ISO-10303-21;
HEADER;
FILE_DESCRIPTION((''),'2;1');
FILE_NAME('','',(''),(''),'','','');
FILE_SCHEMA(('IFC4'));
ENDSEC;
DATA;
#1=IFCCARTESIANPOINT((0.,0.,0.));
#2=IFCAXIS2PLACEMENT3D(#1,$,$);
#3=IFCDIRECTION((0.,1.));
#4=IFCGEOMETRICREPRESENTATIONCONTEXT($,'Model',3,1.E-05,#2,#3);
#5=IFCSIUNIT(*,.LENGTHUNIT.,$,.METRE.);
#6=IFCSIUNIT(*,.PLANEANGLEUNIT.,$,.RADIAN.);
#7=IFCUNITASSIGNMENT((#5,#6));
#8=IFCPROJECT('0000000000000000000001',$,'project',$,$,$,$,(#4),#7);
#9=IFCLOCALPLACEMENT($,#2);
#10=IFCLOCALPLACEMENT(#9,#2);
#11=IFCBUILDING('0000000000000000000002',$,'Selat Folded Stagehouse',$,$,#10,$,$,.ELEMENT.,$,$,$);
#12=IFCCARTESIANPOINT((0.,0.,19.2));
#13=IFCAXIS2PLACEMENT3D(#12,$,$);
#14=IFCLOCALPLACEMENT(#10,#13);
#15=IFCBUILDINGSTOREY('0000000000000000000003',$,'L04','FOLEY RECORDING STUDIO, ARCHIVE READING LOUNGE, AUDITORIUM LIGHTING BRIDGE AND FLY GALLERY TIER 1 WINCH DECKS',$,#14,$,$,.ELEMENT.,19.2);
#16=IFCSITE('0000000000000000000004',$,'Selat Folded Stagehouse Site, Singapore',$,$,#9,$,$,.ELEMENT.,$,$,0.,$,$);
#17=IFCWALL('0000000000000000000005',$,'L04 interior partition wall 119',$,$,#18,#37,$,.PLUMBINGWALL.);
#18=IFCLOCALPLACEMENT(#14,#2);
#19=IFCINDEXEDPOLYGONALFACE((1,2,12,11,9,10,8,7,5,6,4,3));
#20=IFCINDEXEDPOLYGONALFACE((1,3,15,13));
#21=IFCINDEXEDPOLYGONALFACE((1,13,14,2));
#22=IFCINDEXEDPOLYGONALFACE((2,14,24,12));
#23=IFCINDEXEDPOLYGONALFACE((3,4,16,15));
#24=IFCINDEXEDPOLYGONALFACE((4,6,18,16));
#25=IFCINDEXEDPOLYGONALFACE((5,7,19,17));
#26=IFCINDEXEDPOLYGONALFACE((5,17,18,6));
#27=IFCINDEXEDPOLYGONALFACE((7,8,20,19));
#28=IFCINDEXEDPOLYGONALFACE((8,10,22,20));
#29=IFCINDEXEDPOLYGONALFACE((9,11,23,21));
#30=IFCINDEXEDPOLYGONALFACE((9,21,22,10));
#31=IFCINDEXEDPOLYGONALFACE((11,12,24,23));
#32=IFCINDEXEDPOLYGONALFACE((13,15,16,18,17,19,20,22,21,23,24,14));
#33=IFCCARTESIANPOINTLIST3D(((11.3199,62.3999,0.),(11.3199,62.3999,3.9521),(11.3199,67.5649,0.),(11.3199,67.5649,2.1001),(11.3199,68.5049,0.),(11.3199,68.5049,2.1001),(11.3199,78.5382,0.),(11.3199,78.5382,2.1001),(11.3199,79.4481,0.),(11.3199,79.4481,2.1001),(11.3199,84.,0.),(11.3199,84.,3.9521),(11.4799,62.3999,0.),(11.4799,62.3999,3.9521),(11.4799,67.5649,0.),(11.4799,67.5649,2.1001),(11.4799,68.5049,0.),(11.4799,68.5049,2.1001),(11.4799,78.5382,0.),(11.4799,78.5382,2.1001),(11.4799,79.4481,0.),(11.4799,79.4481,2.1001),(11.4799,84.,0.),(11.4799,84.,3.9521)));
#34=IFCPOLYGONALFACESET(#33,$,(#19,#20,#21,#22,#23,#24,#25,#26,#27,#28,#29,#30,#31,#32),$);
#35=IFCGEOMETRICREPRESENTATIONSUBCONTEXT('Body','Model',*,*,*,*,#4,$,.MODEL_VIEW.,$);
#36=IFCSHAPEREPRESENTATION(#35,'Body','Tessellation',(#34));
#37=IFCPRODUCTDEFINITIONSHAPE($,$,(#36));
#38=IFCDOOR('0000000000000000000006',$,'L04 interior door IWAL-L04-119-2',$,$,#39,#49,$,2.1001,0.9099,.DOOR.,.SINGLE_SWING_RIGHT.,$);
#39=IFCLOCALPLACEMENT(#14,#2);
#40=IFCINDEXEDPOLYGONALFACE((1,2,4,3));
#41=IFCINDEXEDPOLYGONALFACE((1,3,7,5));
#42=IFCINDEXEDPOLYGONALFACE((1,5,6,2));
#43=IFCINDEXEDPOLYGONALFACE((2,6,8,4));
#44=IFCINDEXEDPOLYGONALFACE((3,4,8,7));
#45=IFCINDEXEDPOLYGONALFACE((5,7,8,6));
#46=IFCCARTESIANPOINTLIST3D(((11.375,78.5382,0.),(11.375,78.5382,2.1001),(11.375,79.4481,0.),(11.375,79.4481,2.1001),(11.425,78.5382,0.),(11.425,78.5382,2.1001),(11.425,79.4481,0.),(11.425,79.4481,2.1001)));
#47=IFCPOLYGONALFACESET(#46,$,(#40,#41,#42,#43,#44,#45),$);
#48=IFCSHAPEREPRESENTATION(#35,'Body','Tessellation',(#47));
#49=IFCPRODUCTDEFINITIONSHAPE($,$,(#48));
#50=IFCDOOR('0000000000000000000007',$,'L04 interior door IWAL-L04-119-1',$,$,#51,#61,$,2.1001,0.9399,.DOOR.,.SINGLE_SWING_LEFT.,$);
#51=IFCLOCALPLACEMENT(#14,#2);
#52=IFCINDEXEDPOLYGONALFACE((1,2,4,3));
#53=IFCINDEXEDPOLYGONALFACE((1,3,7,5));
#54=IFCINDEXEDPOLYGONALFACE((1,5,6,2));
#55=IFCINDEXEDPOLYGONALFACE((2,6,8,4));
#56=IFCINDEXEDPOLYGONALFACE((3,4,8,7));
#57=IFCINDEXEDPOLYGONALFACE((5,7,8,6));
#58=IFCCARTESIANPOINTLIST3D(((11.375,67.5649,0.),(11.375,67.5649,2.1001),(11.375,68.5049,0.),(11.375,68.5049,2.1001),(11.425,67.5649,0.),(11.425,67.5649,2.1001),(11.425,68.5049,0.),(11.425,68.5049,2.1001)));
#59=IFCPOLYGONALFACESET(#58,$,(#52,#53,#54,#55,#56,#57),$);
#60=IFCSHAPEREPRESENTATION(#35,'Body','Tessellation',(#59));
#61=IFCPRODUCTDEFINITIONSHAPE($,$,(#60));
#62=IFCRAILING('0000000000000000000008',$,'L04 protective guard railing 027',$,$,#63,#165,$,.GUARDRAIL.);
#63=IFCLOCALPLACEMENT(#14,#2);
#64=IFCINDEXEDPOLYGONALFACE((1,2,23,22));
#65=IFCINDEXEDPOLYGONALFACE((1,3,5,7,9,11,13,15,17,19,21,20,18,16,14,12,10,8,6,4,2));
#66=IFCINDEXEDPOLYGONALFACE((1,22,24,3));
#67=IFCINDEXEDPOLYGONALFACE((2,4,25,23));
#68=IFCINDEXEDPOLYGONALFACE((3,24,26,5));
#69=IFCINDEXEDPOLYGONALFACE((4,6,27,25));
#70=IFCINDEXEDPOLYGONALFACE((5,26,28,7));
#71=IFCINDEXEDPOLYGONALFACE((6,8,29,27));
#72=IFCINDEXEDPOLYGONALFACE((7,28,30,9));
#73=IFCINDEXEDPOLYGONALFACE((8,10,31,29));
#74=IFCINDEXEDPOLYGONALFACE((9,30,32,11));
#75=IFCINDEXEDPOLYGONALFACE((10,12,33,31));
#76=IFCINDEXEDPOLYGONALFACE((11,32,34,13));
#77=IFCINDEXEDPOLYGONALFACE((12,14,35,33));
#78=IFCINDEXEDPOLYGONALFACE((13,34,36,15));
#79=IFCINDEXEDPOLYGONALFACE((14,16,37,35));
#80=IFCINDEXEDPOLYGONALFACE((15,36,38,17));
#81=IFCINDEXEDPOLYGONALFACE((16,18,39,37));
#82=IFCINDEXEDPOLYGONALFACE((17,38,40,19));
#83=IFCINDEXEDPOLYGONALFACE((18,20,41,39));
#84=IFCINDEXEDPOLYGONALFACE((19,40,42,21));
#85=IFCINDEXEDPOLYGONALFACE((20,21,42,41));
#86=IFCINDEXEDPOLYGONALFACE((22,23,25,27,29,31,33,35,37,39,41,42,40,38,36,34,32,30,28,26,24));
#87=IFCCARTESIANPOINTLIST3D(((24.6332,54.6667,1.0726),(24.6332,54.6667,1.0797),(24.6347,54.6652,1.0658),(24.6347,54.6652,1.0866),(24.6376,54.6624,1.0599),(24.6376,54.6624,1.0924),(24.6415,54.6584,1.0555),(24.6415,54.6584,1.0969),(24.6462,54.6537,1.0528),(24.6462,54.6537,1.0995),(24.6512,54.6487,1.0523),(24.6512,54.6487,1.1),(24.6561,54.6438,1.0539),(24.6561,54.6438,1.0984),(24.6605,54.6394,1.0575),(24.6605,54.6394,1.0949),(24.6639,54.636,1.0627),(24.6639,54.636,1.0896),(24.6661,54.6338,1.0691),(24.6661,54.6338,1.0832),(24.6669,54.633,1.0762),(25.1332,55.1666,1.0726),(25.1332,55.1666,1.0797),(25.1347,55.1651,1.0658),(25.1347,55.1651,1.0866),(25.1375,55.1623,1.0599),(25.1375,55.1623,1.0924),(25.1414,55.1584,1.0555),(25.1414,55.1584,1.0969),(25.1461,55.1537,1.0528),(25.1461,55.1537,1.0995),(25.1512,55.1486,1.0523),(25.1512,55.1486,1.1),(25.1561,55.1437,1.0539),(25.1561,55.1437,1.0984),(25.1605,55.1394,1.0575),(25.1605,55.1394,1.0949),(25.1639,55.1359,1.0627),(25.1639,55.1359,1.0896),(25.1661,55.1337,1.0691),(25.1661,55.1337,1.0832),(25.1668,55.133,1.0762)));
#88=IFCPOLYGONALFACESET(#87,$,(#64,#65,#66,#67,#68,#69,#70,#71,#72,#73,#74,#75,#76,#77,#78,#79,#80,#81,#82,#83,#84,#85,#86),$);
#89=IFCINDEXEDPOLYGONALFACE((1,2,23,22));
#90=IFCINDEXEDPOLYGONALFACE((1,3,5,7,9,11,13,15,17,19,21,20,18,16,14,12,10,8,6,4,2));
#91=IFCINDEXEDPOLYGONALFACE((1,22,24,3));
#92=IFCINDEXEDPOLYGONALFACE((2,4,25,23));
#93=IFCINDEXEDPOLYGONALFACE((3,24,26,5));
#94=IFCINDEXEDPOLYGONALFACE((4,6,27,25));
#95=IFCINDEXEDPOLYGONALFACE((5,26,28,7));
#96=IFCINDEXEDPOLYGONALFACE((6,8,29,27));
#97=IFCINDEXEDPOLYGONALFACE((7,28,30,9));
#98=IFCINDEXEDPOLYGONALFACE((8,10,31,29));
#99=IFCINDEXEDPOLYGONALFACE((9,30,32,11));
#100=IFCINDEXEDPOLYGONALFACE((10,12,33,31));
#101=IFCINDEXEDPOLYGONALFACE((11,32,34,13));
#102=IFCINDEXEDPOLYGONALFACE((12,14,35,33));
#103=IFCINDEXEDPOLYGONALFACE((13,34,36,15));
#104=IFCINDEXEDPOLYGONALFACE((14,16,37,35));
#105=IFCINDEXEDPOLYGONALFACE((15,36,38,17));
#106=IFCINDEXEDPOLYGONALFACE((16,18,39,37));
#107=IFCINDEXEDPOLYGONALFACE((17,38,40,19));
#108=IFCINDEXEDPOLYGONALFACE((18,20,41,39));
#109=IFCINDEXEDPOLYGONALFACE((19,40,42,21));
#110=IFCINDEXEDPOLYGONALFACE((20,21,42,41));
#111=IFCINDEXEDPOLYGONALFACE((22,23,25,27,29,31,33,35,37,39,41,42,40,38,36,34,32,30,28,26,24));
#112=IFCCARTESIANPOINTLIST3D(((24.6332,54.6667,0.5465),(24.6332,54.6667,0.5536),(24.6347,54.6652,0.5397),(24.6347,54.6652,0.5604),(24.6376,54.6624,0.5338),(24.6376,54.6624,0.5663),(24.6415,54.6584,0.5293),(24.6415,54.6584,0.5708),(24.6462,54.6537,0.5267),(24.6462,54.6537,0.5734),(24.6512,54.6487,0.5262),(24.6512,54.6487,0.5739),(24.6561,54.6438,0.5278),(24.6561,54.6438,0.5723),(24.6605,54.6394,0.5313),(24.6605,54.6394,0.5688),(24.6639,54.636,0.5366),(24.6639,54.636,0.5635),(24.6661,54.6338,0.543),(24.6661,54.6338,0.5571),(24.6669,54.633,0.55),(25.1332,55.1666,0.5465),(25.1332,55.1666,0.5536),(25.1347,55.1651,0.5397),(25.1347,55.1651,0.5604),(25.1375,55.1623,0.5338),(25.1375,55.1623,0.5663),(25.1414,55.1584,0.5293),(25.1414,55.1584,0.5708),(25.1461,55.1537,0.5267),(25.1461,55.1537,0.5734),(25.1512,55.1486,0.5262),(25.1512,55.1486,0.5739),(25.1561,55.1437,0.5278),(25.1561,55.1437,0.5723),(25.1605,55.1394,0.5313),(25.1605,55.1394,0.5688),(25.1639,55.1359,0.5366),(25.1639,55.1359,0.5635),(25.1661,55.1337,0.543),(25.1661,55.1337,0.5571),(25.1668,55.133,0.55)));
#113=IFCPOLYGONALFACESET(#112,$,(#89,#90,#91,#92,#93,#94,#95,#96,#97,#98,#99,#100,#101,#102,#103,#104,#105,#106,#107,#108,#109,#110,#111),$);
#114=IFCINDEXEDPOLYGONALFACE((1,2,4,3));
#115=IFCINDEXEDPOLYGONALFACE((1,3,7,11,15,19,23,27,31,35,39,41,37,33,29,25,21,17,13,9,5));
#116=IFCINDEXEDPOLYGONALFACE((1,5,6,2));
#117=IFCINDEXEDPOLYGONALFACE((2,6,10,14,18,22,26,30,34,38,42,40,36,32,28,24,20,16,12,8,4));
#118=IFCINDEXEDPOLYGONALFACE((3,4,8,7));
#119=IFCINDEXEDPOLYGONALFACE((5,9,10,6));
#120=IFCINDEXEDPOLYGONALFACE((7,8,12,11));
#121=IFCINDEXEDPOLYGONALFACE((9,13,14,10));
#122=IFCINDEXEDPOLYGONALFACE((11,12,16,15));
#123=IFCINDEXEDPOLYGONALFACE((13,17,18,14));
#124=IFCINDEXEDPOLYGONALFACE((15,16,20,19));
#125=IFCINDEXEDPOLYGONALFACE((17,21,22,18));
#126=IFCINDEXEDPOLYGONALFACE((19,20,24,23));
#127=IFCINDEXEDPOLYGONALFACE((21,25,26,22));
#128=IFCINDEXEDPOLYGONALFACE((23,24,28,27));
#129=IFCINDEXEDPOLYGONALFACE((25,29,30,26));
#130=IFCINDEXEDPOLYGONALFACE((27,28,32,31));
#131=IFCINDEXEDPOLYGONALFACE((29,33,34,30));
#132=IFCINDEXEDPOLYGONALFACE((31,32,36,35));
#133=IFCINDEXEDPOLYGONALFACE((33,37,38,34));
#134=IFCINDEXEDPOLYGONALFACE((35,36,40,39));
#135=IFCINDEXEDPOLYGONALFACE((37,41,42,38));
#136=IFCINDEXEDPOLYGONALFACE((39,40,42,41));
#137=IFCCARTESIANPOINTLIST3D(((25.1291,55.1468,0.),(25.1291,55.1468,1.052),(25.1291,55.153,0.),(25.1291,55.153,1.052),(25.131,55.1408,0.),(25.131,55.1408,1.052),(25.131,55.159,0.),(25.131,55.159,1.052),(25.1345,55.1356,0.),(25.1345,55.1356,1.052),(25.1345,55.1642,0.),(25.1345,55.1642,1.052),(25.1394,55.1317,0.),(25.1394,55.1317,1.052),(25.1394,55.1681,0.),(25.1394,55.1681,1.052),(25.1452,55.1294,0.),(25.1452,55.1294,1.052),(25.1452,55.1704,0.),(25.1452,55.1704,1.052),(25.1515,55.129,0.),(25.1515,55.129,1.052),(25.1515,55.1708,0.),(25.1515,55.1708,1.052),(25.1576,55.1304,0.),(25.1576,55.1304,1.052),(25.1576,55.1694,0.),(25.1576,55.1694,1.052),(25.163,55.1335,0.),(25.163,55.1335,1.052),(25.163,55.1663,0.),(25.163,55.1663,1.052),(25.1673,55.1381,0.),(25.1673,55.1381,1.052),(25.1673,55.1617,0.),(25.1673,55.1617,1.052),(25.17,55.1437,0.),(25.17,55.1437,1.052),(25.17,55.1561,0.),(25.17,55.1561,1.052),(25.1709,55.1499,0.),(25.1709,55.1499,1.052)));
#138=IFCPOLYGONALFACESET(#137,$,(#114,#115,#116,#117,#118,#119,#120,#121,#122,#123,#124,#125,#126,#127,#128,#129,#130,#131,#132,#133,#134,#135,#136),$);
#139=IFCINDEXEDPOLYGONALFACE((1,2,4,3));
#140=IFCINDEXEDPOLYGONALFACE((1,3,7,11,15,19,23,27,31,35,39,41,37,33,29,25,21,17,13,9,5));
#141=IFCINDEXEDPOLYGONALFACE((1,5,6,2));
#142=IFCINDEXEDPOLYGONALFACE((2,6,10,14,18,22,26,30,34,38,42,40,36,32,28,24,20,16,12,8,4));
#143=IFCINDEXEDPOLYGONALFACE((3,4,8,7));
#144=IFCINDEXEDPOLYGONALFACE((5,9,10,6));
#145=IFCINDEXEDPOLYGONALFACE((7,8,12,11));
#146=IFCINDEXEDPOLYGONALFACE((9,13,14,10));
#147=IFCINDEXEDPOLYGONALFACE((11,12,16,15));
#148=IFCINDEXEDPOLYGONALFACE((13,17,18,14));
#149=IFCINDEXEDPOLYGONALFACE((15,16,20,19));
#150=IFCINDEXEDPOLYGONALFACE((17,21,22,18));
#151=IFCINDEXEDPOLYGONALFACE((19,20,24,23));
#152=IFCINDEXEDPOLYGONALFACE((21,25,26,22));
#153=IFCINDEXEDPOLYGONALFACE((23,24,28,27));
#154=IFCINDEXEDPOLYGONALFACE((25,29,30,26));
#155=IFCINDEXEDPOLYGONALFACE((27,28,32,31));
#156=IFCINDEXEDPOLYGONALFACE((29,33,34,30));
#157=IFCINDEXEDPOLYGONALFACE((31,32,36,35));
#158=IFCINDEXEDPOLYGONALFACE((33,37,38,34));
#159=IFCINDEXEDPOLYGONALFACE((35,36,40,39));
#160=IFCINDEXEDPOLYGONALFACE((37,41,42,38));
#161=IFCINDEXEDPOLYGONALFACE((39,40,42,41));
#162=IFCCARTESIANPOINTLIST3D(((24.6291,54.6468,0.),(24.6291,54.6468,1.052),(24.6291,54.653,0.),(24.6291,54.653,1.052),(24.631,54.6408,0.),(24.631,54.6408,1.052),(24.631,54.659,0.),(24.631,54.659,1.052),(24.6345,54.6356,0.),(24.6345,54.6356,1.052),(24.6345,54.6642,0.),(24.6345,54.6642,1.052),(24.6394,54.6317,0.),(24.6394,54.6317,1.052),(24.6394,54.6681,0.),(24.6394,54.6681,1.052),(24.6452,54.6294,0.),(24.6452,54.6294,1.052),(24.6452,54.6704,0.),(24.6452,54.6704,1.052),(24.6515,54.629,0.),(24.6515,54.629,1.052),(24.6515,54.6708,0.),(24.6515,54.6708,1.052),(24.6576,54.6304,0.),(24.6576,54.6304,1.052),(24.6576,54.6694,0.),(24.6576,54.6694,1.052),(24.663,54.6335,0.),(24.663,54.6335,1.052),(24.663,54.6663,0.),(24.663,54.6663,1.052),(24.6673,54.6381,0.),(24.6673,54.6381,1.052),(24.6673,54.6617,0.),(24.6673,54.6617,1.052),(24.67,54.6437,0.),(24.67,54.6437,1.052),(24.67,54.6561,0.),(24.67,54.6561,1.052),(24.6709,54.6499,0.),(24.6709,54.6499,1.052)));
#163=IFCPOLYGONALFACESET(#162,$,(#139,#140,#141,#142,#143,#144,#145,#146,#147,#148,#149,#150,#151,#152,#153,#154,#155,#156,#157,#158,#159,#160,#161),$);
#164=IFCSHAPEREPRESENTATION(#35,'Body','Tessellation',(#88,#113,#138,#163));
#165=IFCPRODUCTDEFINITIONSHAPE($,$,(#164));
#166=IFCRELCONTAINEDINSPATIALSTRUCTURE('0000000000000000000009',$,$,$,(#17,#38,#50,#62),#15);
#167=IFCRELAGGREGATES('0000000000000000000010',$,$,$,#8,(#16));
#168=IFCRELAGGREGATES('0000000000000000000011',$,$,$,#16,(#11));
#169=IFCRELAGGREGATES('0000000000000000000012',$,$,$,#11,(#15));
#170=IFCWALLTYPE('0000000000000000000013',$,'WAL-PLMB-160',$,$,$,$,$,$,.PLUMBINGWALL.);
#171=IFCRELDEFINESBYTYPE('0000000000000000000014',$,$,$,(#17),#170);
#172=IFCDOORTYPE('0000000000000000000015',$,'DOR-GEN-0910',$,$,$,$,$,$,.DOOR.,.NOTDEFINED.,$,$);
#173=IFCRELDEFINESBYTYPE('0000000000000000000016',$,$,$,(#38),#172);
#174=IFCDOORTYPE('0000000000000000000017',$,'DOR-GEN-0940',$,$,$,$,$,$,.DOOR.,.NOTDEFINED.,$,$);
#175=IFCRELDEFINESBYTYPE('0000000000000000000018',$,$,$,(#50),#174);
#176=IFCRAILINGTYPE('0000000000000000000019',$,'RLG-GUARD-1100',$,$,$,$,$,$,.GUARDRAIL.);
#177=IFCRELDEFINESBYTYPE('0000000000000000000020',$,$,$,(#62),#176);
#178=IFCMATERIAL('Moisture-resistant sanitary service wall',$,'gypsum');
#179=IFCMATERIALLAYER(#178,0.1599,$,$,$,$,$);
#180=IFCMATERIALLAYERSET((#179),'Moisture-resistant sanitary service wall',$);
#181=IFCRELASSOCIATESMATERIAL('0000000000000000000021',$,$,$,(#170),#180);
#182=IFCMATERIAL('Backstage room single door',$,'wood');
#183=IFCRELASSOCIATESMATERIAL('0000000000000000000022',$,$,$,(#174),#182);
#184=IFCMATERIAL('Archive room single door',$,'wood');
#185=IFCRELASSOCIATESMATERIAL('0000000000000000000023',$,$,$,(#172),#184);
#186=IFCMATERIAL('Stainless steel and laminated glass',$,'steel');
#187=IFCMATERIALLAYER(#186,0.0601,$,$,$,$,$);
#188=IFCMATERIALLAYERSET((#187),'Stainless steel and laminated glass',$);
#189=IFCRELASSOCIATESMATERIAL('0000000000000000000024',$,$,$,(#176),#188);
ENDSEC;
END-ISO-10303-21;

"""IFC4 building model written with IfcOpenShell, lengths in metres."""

from ifc_helpers import new_model, si_unit, direction, frame, frame_2d, origin, origin_2d, place, context, subcontext, project, spatial, rectangle, circle, extrude, material, layer, layer_set, type_object, element, fill, save


model = new_model("IFC4")

# Units and contexts
model_context = context("Model", 3, precision=1e-05, world=origin(), true_north=direction((0.0, 1.0)))
body_context = subcontext(model_context, "Body", "Model", "MODEL_VIEW")
ifc_project = project(units=[si_unit("LENGTHUNIT", "METRE"), si_unit("PLANEANGLEUNIT", "RADIAN")], contexts=[model_context])

# Site, building, storey
site_placement = place(None, origin())
site = spatial("IfcSite", under=ifc_project, at=site_placement, Name="Selat Folded Stagehouse Site, Singapore", CompositionType="ELEMENT", RefElevation=0.0)
building_placement = place(site_placement, origin())
building = spatial("IfcBuilding", under=site, at=building_placement, Name="Selat Folded Stagehouse", CompositionType="ELEMENT")
storey_placement = place(building_placement, frame((0.0, 0.0, 19.2)))
storey = spatial("IfcBuildingStorey", under=building, at=storey_placement, Name="L04", Description="FOLEY RECORDING STUDIO, ARCHIVE READING LOUNGE, AUDITORIUM LIGHTING BRIDGE AND FLY GALLERY TIER 1 WINCH DECKS", CompositionType="ELEMENT", Elevation=19.2)

# Shared definitions
ifc_material_1 = material(Name="Moisture-resistant sanitary service wall", Category="gypsum")
ifc_layer_1 = layer(ifc_material_1, 0.1599)
ifc_layer_set_1 = layer_set([ifc_layer_1], Name="Moisture-resistant sanitary service wall")
wall_type_1 = type_object("IfcWallType", Name="WAL-PLMB-160", PredefinedType="PLUMBINGWALL", material=ifc_layer_set_1)
ifc_material_2 = material(Name="Backstage room single door", Category="wood")
door_type_1 = type_object("IfcDoorType", Name="DOR-GEN-0940", OperationType="NOTDEFINED", PredefinedType="DOOR", material=ifc_material_2)

# Wall, openings, doors
wall_1_placement = place(storey_placement, frame((11.3999, 62.3999, 0.0), z_axis=(0.0, 0.0, 1.0), x_axis=(0.0, 1.0, 0.0)))
wall_1 = element("IfcWall", 1, at=wall_1_placement, inside=storey, type_object=wall_type_1, Name="L04 interior partition wall 119", PredefinedType="PLUMBINGWALL", context=body_context, shape_type="SweptSolid", body=[
    extrude(rectangle(XDim=21.6001, YDim=0.1599, at=frame_2d((10.8, 0.0))), origin(), (0.0, 0.0, 1.0), 3.9521),
])
opening_1_placement = place(wall_1_placement, frame((5.165, 0.0, 0.0)))
opening_1 = element("IfcOpeningElement", 2, at=opening_1_placement, cuts=wall_1, PredefinedType="OPENING", context=body_context, shape_type="SweptSolid", body=[
    extrude(rectangle(XDim=0.9399, YDim=2.1001, at=frame_2d((0.47, 1.05))), frame((0.0, 0.0898, 0.0), z_axis=(0.0, -1.0, 0.0), x_axis=(1.0, 0.0, 0.0)), (0.0, 0.0, 1.0), 0.1799),
])
opening_2_placement = place(wall_1_placement, frame((16.1382, 0.0, 0.0)))
opening_2 = element("IfcOpeningElement", 3, at=opening_2_placement, cuts=wall_1, PredefinedType="OPENING", context=body_context, shape_type="SweptSolid", body=[
    extrude(rectangle(XDim=0.9099, YDim=2.1001, at=frame_2d((0.4551, 1.05))), frame((0.0, 0.0898, 0.0), z_axis=(0.0, -1.0, 0.0), x_axis=(1.0, 0.0, 0.0)), (0.0, 0.0, 1.0), 0.1799),
])
ifc_material_3 = material(Name="Archive room single door", Category="wood")
door_type_2 = type_object("IfcDoorType", Name="DOR-GEN-0910", OperationType="NOTDEFINED", PredefinedType="DOOR", material=ifc_material_3)
door_1_placement = place(opening_2_placement, origin())
door_1 = element("IfcDoor", 4, at=door_1_placement, inside=storey, type_object=door_type_2, Name="L04 interior door IWAL-L04-119-2", OperationType="SINGLE_SWING_RIGHT", OverallHeight=2.1001, OverallWidth=0.9099, PredefinedType="DOOR", context=body_context, shape_type="SweptSolid", body=[
    extrude(rectangle(XDim=0.9099, YDim=2.1001, at=frame_2d((0.4551, 1.05))), frame((0.0, 0.0249, 0.0), z_axis=(0.0, -1.0, 0.0), x_axis=(1.0, 0.0, 0.0)), (0.0, 0.0, 1.0), 0.05),
])
fill(opening_2, door_1)
door_2_placement = place(opening_1_placement, origin())
door_2 = element("IfcDoor", 5, at=door_2_placement, inside=storey, type_object=door_type_1, Name="L04 interior door IWAL-L04-119-1", OperationType="SINGLE_SWING_LEFT", OverallHeight=2.1001, OverallWidth=0.9399, PredefinedType="DOOR", context=body_context, shape_type="SweptSolid", body=[
    extrude(rectangle(XDim=0.9399, YDim=2.1001, at=frame_2d((0.47, 1.05))), frame((0.0, 0.0249, 0.0), z_axis=(0.0, -1.0, 0.0), x_axis=(1.0, 0.0, 0.0)), (0.0, 0.0, 1.0), 0.05),
])
fill(opening_1, door_2)

# Railing
ifc_material_4 = material(Name="Stainless steel and laminated glass", Category="steel")
ifc_layer_2 = layer(ifc_material_4, 0.0601)
ifc_layer_set_2 = layer_set([ifc_layer_2], Name="Stainless steel and laminated glass")
railing_type = type_object("IfcRailingType", Name="RLG-GUARD-1100", PredefinedType="GUARDRAIL", material=ifc_layer_set_2)
railing_1_placement = place(storey_placement, frame((25.1499, 55.1499, 0.0)))
element("IfcRailing", 6, at=railing_1_placement, inside=storey, type_object=railing_type, Name="L04 protective guard railing 027", PredefinedType="GUARDRAIL", context=body_context, shape_type="SweptSolid", body=[
    extrude(circle(Radius=0.0239, at=origin_2d()), frame((0.0, 0.0, 1.0762), z_axis=(-0.707107, -0.707107, 0.0), x_axis=(0.707107, -0.707107, 0.0)), (0.0, 0.0, 1.0), 0.707),
    extrude(circle(Radius=0.0239, at=origin_2d()), frame((0.0, 0.0, 0.55), z_axis=(-0.707107, -0.707107, 0.0), x_axis=(0.707107, -0.707107, 0.0)), (0.0, 0.0, 1.0), 0.707),
    extrude(circle(Radius=0.021, at=origin_2d()), origin(), (0.0, 0.0, 1.0), 1.052),
    extrude(circle(Radius=0.021, at=origin_2d()), frame((-0.5, -0.5, 0.0)), (0.0, 0.0, 1.0), 1.052),
])

save(model, "model.ifc")
